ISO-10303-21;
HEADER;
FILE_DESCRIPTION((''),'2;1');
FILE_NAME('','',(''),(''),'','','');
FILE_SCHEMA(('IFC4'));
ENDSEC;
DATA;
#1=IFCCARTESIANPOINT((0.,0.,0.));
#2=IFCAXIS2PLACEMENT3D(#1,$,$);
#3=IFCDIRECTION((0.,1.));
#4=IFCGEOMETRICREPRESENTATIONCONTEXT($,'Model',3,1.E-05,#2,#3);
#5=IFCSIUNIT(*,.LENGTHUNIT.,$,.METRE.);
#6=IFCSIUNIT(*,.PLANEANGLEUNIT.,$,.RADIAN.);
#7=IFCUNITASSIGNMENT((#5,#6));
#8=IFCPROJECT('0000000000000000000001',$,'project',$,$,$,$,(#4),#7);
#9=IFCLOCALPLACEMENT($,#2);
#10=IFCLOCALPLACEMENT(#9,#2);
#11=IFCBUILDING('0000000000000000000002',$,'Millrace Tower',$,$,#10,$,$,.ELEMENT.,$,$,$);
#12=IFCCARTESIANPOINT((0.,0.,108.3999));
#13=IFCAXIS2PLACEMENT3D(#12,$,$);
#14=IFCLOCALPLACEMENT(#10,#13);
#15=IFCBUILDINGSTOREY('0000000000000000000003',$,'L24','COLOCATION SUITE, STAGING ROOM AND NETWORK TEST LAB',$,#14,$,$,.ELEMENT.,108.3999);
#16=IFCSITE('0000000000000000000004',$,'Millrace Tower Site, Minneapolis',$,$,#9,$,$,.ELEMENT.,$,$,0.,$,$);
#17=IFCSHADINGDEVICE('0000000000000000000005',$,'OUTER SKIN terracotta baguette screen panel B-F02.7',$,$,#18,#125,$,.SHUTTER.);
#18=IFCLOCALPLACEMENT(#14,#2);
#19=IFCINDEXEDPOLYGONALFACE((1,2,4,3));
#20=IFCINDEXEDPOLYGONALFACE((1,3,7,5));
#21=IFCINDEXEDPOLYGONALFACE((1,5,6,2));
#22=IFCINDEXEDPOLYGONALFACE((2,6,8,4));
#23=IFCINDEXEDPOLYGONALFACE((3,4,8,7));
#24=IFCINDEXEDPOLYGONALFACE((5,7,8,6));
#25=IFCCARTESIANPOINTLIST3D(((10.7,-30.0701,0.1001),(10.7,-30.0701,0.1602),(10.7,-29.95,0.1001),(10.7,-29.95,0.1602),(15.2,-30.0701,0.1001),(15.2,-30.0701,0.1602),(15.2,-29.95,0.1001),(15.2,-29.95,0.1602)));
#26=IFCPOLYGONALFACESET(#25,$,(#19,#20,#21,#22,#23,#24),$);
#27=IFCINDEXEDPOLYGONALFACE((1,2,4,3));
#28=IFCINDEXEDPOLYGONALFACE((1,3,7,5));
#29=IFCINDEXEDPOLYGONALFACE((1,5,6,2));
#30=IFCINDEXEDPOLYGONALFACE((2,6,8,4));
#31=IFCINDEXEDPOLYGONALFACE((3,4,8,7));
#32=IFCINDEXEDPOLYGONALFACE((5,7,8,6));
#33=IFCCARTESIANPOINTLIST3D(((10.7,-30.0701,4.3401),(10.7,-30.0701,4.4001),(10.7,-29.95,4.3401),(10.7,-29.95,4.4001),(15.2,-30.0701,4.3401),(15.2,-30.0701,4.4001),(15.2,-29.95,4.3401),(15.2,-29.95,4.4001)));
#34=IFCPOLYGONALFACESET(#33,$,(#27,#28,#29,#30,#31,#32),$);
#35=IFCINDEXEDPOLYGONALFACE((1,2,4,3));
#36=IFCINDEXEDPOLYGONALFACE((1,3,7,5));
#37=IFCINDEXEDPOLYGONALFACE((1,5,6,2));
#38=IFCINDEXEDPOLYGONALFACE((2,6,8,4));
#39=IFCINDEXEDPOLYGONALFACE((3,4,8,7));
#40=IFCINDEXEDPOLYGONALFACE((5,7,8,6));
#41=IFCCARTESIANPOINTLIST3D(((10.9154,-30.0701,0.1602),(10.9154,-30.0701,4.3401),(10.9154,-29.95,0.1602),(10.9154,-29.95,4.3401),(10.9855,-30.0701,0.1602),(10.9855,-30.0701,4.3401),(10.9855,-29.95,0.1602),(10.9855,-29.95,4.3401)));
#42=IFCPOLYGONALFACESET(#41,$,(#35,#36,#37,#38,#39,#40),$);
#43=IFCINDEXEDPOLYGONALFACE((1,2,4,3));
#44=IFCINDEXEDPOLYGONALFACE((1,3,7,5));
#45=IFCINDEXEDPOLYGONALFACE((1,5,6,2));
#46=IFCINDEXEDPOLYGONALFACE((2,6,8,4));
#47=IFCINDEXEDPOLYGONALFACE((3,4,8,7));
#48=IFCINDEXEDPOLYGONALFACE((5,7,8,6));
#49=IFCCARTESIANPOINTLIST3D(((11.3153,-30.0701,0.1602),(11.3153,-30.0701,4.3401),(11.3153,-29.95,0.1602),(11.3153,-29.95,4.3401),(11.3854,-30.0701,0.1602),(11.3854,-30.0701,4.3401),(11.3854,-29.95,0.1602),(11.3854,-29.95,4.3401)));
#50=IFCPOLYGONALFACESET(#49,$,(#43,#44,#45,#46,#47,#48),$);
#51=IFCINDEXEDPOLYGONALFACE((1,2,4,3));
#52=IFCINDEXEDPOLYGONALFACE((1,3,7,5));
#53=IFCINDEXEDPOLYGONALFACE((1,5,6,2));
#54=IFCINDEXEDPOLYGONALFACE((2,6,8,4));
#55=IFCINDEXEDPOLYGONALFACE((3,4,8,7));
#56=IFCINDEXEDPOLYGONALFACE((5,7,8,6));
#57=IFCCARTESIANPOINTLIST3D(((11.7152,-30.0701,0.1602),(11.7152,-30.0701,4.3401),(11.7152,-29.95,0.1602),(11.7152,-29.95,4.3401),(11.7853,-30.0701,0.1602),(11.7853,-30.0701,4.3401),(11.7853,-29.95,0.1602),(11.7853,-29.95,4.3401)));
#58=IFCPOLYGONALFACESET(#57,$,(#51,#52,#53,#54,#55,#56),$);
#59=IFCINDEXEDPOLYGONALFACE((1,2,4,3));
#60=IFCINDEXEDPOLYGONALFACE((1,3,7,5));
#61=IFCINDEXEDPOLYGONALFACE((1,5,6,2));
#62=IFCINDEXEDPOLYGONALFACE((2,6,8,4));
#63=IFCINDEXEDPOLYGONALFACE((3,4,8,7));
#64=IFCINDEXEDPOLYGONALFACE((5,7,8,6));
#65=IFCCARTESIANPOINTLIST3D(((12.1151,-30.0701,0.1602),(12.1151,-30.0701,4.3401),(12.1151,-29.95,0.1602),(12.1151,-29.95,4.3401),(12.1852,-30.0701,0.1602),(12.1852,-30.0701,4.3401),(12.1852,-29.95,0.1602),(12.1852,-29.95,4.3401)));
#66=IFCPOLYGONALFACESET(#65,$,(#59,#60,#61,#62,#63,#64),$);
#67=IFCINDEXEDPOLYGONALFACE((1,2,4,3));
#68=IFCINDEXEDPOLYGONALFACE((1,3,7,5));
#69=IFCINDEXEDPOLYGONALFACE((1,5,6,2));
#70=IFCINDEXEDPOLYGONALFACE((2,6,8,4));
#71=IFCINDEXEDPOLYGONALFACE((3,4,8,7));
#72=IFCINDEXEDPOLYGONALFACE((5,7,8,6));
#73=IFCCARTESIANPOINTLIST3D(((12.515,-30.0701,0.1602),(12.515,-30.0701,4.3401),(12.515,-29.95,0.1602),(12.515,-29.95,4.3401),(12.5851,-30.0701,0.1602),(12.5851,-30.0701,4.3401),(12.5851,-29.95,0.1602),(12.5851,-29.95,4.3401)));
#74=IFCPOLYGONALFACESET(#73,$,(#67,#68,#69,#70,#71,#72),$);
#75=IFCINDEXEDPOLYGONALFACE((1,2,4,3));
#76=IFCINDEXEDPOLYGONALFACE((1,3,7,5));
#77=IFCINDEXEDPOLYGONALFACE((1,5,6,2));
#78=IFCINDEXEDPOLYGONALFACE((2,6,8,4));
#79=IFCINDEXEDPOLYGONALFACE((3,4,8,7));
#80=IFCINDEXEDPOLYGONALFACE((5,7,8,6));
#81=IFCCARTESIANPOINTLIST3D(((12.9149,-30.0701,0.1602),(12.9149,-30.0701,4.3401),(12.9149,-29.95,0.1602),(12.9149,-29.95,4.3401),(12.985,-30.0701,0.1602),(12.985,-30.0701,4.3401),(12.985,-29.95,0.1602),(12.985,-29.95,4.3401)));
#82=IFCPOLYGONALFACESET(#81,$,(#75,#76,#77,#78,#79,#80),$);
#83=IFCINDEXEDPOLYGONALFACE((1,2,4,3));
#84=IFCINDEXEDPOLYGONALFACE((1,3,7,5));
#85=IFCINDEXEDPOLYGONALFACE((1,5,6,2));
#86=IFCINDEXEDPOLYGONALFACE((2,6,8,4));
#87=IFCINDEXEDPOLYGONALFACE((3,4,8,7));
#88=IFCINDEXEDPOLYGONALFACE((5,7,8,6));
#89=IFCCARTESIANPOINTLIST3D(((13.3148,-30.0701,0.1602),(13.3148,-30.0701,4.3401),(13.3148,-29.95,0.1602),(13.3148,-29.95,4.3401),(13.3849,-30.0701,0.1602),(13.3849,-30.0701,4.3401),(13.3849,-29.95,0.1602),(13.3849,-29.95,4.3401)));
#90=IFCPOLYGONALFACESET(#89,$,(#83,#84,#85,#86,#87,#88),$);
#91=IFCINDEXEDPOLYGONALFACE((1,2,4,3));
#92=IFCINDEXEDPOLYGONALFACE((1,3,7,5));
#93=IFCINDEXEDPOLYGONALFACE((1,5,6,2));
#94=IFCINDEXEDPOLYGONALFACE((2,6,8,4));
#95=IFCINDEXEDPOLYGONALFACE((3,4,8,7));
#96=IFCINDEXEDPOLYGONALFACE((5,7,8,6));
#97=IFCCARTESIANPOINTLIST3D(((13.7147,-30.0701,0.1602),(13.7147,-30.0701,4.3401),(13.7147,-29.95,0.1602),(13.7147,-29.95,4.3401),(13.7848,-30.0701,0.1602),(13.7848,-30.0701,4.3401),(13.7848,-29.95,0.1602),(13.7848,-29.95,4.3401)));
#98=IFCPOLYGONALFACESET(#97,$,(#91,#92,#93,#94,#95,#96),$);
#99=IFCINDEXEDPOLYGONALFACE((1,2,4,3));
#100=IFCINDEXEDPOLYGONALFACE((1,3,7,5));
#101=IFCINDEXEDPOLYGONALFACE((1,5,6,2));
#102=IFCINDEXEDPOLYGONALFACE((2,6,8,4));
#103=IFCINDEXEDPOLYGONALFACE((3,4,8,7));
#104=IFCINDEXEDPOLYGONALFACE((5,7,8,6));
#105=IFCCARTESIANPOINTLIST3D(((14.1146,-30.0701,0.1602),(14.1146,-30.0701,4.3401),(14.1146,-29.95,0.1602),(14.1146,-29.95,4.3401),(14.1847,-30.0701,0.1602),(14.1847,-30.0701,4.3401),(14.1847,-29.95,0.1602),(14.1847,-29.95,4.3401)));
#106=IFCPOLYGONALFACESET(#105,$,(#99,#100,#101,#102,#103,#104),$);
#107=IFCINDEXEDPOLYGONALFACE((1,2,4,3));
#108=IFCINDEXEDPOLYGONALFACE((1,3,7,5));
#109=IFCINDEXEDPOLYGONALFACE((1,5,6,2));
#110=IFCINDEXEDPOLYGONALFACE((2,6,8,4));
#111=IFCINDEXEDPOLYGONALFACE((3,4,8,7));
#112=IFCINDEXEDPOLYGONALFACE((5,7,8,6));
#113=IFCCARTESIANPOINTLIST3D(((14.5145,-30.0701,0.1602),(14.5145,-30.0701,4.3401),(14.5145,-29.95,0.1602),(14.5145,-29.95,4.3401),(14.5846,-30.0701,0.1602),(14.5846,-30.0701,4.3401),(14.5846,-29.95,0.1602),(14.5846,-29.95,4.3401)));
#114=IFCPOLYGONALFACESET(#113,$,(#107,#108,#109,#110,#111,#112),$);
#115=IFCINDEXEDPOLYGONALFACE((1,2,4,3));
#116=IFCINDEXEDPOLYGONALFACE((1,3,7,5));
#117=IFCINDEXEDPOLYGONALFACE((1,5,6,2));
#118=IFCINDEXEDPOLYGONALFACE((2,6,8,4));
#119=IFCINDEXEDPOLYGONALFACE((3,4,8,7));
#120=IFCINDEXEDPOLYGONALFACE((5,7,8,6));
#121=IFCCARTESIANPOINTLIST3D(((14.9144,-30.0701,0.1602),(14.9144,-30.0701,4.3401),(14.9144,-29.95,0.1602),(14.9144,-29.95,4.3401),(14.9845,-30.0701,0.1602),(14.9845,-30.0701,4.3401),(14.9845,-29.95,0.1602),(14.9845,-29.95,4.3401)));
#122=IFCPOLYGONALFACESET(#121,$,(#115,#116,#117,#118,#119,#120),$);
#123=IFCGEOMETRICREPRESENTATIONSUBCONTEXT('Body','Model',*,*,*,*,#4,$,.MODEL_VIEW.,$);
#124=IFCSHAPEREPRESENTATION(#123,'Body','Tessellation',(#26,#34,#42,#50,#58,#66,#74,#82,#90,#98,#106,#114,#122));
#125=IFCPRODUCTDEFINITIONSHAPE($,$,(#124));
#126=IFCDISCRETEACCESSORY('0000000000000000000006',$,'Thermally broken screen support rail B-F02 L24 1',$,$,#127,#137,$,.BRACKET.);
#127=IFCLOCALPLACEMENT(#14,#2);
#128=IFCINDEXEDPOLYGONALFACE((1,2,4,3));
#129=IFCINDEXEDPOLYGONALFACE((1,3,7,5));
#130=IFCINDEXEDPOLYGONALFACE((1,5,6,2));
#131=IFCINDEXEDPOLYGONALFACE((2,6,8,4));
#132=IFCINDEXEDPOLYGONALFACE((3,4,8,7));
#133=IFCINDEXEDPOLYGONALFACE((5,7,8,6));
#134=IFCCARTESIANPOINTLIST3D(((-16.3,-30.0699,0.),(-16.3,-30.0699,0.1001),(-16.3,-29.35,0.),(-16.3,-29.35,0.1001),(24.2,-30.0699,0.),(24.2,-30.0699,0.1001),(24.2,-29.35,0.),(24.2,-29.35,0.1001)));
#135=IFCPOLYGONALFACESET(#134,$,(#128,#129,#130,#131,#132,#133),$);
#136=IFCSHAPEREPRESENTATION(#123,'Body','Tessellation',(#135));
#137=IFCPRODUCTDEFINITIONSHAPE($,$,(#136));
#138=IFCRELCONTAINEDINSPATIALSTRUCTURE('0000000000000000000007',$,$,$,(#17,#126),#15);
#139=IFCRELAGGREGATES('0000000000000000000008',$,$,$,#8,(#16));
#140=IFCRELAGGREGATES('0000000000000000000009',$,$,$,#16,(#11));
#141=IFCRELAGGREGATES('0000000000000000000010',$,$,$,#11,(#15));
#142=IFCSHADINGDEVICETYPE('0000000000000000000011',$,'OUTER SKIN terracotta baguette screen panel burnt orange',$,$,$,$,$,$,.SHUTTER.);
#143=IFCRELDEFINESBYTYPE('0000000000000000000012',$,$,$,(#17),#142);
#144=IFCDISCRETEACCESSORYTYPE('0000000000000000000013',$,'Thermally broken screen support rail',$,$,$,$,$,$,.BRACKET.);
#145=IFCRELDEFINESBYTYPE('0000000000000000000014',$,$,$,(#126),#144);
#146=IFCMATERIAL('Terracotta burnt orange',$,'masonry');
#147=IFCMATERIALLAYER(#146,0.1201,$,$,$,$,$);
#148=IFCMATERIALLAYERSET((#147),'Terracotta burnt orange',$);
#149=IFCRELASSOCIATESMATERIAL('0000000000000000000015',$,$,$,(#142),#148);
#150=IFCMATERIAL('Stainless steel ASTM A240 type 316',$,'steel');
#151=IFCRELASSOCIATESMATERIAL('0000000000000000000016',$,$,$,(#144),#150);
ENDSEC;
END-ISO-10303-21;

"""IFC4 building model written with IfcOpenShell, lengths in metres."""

from ifc_helpers import new_model, entity, si_unit, direction, frame, frame_2d, origin, origin_2d, place, context, subcontext, project, spatial, rectangle, extrude, source, transform, mapped, material, layer, layer_set, type_object, element, save


model = new_model("IFC4")

# Units and contexts
model_context = context("Model", 3, precision=1e-05, world=origin(), true_north=direction((0.0, 1.0)))
body_context = subcontext(model_context, "Body", "Model", "MODEL_VIEW")
ifc_project = project(units=[si_unit("LENGTHUNIT", "METRE"), si_unit("PLANEANGLEUNIT", "RADIAN")], contexts=[model_context])

# Site, building, storey
site_placement = place(None, origin())
site = spatial("IfcSite", under=ifc_project, at=site_placement, Name="Millrace Tower Site, Minneapolis", CompositionType="ELEMENT", RefElevation=0.0)
building_placement = place(site_placement, origin())
building = spatial("IfcBuilding", under=site, at=building_placement, Name="Millrace Tower", CompositionType="ELEMENT")
storey_placement = place(building_placement, frame((0.0, 0.0, 108.3999)))
storey = spatial("IfcBuildingStorey", under=building, at=storey_placement, Name="L24", Description="COLOCATION SUITE, STAGING ROOM AND NETWORK TEST LAB", CompositionType="ELEMENT", Elevation=108.3999)

# Shading device
ifc_material_1 = material(Name="Terracotta burnt orange", Category="masonry")
ifc_layer_1 = layer(ifc_material_1, 0.1201)
ifc_layer_set_1 = layer_set([ifc_layer_1], Name="Terracotta burnt orange")
shading_device_type = type_object("IfcShadingDeviceType", Name="OUTER SKIN terracotta baguette screen panel burnt orange", PredefinedType="SHUTTER", material=ifc_layer_set_1)
cartesian_point = entity("IfcCartesianPoint", [-2.25, 0.0601])
shared_polyline = entity("IfcPolyline", [cartesian_point, entity("IfcCartesianPoint", [2.25, 0.0601]), entity("IfcCartesianPoint", [2.25, -0.0601]), entity("IfcCartesianPoint", [-2.25, -0.0601]), cartesian_point])
shared_shape = source(origin(), body_context, "Body", "SweptSolid", [
    entity("IfcExtrudedAreaSolid", entity("IfcArbitraryClosedProfileDef", "AREA", None, shared_polyline), entity("IfcAxis2Placement3D", entity("IfcCartesianPoint", [0.0, 0.0, 0.0])), entity("IfcDirection", [0.0, 0.0, 1.0]), 0.0601),
    entity("IfcExtrudedAreaSolid", entity("IfcArbitraryClosedProfileDef", "AREA", None, shared_polyline), entity("IfcAxis2Placement3D", entity("IfcCartesianPoint", [0.0, 0.0, 4.24])), entity("IfcDirection", [0.0, 0.0, 1.0]), 0.0601),
    extrude(rectangle(XDim=0.0701, YDim=0.1201, at=frame_2d((-1.9995, 0.0))), frame((0.0, 0.0, 0.0601)), (0.0, 0.0, 1.0), 4.1799),
    extrude(rectangle(XDim=0.0701, YDim=0.1201, at=frame_2d((-1.5996, 0.0))), frame((0.0, 0.0, 0.0601)), (0.0, 0.0, 1.0), 4.1799),
    extrude(rectangle(XDim=0.0701, YDim=0.1201, at=frame_2d((-1.1997, 0.0))), frame((0.0, 0.0, 0.0601)), (0.0, 0.0, 1.0), 4.1799),
    extrude(rectangle(XDim=0.0701, YDim=0.1201, at=frame_2d((-0.7998, 0.0))), frame((0.0, 0.0, 0.0601)), (0.0, 0.0, 1.0), 4.1799),
    extrude(rectangle(XDim=0.0701, YDim=0.1201, at=frame_2d((-0.3999, 0.0))), frame((0.0, 0.0, 0.0601)), (0.0, 0.0, 1.0), 4.1799),
    extrude(rectangle(XDim=0.0701, YDim=0.1201, at=origin_2d()), frame((0.0, 0.0, 0.0601)), (0.0, 0.0, 1.0), 4.1799),
    extrude(rectangle(XDim=0.0701, YDim=0.1201, at=frame_2d((0.3999, 0.0))), frame((0.0, 0.0, 0.0601)), (0.0, 0.0, 1.0), 4.1799),
    extrude(rectangle(XDim=0.0701, YDim=0.1201, at=frame_2d((0.7998, 0.0))), frame((0.0, 0.0, 0.0601)), (0.0, 0.0, 1.0), 4.1799),
    extrude(rectangle(XDim=0.0701, YDim=0.1201, at=frame_2d((1.1997, 0.0))), frame((0.0, 0.0, 0.0601)), (0.0, 0.0, 1.0), 4.1799),
    extrude(rectangle(XDim=0.0701, YDim=0.1201, at=frame_2d((1.5996, 0.0))), frame((0.0, 0.0, 0.0601)), (0.0, 0.0, 1.0), 4.1799),
    extrude(rectangle(XDim=0.0701, YDim=0.1201, at=frame_2d((1.9995, 0.0))), frame((0.0, 0.0, 0.0601)), (0.0, 0.0, 1.0), 4.1799),
])
for number, where, z_axis, x_axis, name in (
    (1, (12.95, -30.01, 0.1001), (0.0, 0.0, 1.0), (1.0, 0.0, 0.0), "OUTER SKIN terracotta baguette screen panel B-F02.7"),
):
    element("IfcShadingDevice", number, at=place(storey_placement, frame(where, z_axis=z_axis, x_axis=x_axis)), inside=storey, type_object=shading_device_type, Name=name, PredefinedType="SHUTTER", context=body_context, shape_type="MappedRepresentation", body=[
        mapped(shared_shape, transform((0.0, 0.0, 0.0), scale=1.0)),
    ])

# Discrete accessory
ifc_material_2 = material(Name="Stainless steel ASTM A240 type 316", Category="steel")
discrete_accessory_type = type_object("IfcDiscreteAccessoryType", Name="Thermally broken screen support rail", PredefinedType="BRACKET", material=ifc_material_2)
discrete_accessory_placement = place(storey_placement, frame((3.95, -29.71, 0.0), z_axis=(0.0, 0.0, 1.0), x_axis=(1.0, 0.0, 0.0)))
element("IfcDiscreteAccessory", 2, at=discrete_accessory_placement, inside=storey, type_object=discrete_accessory_type, Name="Thermally broken screen support rail B-F02 L24 1", PredefinedType="BRACKET", context=body_context, shape_type="SweptSolid", body=[
    extrude(rectangle(XDim=40.5, YDim=0.72, at=origin_2d()), origin(), (0.0, 0.0, 1.0), 0.1001),
])

save(model, "model.ifc")
